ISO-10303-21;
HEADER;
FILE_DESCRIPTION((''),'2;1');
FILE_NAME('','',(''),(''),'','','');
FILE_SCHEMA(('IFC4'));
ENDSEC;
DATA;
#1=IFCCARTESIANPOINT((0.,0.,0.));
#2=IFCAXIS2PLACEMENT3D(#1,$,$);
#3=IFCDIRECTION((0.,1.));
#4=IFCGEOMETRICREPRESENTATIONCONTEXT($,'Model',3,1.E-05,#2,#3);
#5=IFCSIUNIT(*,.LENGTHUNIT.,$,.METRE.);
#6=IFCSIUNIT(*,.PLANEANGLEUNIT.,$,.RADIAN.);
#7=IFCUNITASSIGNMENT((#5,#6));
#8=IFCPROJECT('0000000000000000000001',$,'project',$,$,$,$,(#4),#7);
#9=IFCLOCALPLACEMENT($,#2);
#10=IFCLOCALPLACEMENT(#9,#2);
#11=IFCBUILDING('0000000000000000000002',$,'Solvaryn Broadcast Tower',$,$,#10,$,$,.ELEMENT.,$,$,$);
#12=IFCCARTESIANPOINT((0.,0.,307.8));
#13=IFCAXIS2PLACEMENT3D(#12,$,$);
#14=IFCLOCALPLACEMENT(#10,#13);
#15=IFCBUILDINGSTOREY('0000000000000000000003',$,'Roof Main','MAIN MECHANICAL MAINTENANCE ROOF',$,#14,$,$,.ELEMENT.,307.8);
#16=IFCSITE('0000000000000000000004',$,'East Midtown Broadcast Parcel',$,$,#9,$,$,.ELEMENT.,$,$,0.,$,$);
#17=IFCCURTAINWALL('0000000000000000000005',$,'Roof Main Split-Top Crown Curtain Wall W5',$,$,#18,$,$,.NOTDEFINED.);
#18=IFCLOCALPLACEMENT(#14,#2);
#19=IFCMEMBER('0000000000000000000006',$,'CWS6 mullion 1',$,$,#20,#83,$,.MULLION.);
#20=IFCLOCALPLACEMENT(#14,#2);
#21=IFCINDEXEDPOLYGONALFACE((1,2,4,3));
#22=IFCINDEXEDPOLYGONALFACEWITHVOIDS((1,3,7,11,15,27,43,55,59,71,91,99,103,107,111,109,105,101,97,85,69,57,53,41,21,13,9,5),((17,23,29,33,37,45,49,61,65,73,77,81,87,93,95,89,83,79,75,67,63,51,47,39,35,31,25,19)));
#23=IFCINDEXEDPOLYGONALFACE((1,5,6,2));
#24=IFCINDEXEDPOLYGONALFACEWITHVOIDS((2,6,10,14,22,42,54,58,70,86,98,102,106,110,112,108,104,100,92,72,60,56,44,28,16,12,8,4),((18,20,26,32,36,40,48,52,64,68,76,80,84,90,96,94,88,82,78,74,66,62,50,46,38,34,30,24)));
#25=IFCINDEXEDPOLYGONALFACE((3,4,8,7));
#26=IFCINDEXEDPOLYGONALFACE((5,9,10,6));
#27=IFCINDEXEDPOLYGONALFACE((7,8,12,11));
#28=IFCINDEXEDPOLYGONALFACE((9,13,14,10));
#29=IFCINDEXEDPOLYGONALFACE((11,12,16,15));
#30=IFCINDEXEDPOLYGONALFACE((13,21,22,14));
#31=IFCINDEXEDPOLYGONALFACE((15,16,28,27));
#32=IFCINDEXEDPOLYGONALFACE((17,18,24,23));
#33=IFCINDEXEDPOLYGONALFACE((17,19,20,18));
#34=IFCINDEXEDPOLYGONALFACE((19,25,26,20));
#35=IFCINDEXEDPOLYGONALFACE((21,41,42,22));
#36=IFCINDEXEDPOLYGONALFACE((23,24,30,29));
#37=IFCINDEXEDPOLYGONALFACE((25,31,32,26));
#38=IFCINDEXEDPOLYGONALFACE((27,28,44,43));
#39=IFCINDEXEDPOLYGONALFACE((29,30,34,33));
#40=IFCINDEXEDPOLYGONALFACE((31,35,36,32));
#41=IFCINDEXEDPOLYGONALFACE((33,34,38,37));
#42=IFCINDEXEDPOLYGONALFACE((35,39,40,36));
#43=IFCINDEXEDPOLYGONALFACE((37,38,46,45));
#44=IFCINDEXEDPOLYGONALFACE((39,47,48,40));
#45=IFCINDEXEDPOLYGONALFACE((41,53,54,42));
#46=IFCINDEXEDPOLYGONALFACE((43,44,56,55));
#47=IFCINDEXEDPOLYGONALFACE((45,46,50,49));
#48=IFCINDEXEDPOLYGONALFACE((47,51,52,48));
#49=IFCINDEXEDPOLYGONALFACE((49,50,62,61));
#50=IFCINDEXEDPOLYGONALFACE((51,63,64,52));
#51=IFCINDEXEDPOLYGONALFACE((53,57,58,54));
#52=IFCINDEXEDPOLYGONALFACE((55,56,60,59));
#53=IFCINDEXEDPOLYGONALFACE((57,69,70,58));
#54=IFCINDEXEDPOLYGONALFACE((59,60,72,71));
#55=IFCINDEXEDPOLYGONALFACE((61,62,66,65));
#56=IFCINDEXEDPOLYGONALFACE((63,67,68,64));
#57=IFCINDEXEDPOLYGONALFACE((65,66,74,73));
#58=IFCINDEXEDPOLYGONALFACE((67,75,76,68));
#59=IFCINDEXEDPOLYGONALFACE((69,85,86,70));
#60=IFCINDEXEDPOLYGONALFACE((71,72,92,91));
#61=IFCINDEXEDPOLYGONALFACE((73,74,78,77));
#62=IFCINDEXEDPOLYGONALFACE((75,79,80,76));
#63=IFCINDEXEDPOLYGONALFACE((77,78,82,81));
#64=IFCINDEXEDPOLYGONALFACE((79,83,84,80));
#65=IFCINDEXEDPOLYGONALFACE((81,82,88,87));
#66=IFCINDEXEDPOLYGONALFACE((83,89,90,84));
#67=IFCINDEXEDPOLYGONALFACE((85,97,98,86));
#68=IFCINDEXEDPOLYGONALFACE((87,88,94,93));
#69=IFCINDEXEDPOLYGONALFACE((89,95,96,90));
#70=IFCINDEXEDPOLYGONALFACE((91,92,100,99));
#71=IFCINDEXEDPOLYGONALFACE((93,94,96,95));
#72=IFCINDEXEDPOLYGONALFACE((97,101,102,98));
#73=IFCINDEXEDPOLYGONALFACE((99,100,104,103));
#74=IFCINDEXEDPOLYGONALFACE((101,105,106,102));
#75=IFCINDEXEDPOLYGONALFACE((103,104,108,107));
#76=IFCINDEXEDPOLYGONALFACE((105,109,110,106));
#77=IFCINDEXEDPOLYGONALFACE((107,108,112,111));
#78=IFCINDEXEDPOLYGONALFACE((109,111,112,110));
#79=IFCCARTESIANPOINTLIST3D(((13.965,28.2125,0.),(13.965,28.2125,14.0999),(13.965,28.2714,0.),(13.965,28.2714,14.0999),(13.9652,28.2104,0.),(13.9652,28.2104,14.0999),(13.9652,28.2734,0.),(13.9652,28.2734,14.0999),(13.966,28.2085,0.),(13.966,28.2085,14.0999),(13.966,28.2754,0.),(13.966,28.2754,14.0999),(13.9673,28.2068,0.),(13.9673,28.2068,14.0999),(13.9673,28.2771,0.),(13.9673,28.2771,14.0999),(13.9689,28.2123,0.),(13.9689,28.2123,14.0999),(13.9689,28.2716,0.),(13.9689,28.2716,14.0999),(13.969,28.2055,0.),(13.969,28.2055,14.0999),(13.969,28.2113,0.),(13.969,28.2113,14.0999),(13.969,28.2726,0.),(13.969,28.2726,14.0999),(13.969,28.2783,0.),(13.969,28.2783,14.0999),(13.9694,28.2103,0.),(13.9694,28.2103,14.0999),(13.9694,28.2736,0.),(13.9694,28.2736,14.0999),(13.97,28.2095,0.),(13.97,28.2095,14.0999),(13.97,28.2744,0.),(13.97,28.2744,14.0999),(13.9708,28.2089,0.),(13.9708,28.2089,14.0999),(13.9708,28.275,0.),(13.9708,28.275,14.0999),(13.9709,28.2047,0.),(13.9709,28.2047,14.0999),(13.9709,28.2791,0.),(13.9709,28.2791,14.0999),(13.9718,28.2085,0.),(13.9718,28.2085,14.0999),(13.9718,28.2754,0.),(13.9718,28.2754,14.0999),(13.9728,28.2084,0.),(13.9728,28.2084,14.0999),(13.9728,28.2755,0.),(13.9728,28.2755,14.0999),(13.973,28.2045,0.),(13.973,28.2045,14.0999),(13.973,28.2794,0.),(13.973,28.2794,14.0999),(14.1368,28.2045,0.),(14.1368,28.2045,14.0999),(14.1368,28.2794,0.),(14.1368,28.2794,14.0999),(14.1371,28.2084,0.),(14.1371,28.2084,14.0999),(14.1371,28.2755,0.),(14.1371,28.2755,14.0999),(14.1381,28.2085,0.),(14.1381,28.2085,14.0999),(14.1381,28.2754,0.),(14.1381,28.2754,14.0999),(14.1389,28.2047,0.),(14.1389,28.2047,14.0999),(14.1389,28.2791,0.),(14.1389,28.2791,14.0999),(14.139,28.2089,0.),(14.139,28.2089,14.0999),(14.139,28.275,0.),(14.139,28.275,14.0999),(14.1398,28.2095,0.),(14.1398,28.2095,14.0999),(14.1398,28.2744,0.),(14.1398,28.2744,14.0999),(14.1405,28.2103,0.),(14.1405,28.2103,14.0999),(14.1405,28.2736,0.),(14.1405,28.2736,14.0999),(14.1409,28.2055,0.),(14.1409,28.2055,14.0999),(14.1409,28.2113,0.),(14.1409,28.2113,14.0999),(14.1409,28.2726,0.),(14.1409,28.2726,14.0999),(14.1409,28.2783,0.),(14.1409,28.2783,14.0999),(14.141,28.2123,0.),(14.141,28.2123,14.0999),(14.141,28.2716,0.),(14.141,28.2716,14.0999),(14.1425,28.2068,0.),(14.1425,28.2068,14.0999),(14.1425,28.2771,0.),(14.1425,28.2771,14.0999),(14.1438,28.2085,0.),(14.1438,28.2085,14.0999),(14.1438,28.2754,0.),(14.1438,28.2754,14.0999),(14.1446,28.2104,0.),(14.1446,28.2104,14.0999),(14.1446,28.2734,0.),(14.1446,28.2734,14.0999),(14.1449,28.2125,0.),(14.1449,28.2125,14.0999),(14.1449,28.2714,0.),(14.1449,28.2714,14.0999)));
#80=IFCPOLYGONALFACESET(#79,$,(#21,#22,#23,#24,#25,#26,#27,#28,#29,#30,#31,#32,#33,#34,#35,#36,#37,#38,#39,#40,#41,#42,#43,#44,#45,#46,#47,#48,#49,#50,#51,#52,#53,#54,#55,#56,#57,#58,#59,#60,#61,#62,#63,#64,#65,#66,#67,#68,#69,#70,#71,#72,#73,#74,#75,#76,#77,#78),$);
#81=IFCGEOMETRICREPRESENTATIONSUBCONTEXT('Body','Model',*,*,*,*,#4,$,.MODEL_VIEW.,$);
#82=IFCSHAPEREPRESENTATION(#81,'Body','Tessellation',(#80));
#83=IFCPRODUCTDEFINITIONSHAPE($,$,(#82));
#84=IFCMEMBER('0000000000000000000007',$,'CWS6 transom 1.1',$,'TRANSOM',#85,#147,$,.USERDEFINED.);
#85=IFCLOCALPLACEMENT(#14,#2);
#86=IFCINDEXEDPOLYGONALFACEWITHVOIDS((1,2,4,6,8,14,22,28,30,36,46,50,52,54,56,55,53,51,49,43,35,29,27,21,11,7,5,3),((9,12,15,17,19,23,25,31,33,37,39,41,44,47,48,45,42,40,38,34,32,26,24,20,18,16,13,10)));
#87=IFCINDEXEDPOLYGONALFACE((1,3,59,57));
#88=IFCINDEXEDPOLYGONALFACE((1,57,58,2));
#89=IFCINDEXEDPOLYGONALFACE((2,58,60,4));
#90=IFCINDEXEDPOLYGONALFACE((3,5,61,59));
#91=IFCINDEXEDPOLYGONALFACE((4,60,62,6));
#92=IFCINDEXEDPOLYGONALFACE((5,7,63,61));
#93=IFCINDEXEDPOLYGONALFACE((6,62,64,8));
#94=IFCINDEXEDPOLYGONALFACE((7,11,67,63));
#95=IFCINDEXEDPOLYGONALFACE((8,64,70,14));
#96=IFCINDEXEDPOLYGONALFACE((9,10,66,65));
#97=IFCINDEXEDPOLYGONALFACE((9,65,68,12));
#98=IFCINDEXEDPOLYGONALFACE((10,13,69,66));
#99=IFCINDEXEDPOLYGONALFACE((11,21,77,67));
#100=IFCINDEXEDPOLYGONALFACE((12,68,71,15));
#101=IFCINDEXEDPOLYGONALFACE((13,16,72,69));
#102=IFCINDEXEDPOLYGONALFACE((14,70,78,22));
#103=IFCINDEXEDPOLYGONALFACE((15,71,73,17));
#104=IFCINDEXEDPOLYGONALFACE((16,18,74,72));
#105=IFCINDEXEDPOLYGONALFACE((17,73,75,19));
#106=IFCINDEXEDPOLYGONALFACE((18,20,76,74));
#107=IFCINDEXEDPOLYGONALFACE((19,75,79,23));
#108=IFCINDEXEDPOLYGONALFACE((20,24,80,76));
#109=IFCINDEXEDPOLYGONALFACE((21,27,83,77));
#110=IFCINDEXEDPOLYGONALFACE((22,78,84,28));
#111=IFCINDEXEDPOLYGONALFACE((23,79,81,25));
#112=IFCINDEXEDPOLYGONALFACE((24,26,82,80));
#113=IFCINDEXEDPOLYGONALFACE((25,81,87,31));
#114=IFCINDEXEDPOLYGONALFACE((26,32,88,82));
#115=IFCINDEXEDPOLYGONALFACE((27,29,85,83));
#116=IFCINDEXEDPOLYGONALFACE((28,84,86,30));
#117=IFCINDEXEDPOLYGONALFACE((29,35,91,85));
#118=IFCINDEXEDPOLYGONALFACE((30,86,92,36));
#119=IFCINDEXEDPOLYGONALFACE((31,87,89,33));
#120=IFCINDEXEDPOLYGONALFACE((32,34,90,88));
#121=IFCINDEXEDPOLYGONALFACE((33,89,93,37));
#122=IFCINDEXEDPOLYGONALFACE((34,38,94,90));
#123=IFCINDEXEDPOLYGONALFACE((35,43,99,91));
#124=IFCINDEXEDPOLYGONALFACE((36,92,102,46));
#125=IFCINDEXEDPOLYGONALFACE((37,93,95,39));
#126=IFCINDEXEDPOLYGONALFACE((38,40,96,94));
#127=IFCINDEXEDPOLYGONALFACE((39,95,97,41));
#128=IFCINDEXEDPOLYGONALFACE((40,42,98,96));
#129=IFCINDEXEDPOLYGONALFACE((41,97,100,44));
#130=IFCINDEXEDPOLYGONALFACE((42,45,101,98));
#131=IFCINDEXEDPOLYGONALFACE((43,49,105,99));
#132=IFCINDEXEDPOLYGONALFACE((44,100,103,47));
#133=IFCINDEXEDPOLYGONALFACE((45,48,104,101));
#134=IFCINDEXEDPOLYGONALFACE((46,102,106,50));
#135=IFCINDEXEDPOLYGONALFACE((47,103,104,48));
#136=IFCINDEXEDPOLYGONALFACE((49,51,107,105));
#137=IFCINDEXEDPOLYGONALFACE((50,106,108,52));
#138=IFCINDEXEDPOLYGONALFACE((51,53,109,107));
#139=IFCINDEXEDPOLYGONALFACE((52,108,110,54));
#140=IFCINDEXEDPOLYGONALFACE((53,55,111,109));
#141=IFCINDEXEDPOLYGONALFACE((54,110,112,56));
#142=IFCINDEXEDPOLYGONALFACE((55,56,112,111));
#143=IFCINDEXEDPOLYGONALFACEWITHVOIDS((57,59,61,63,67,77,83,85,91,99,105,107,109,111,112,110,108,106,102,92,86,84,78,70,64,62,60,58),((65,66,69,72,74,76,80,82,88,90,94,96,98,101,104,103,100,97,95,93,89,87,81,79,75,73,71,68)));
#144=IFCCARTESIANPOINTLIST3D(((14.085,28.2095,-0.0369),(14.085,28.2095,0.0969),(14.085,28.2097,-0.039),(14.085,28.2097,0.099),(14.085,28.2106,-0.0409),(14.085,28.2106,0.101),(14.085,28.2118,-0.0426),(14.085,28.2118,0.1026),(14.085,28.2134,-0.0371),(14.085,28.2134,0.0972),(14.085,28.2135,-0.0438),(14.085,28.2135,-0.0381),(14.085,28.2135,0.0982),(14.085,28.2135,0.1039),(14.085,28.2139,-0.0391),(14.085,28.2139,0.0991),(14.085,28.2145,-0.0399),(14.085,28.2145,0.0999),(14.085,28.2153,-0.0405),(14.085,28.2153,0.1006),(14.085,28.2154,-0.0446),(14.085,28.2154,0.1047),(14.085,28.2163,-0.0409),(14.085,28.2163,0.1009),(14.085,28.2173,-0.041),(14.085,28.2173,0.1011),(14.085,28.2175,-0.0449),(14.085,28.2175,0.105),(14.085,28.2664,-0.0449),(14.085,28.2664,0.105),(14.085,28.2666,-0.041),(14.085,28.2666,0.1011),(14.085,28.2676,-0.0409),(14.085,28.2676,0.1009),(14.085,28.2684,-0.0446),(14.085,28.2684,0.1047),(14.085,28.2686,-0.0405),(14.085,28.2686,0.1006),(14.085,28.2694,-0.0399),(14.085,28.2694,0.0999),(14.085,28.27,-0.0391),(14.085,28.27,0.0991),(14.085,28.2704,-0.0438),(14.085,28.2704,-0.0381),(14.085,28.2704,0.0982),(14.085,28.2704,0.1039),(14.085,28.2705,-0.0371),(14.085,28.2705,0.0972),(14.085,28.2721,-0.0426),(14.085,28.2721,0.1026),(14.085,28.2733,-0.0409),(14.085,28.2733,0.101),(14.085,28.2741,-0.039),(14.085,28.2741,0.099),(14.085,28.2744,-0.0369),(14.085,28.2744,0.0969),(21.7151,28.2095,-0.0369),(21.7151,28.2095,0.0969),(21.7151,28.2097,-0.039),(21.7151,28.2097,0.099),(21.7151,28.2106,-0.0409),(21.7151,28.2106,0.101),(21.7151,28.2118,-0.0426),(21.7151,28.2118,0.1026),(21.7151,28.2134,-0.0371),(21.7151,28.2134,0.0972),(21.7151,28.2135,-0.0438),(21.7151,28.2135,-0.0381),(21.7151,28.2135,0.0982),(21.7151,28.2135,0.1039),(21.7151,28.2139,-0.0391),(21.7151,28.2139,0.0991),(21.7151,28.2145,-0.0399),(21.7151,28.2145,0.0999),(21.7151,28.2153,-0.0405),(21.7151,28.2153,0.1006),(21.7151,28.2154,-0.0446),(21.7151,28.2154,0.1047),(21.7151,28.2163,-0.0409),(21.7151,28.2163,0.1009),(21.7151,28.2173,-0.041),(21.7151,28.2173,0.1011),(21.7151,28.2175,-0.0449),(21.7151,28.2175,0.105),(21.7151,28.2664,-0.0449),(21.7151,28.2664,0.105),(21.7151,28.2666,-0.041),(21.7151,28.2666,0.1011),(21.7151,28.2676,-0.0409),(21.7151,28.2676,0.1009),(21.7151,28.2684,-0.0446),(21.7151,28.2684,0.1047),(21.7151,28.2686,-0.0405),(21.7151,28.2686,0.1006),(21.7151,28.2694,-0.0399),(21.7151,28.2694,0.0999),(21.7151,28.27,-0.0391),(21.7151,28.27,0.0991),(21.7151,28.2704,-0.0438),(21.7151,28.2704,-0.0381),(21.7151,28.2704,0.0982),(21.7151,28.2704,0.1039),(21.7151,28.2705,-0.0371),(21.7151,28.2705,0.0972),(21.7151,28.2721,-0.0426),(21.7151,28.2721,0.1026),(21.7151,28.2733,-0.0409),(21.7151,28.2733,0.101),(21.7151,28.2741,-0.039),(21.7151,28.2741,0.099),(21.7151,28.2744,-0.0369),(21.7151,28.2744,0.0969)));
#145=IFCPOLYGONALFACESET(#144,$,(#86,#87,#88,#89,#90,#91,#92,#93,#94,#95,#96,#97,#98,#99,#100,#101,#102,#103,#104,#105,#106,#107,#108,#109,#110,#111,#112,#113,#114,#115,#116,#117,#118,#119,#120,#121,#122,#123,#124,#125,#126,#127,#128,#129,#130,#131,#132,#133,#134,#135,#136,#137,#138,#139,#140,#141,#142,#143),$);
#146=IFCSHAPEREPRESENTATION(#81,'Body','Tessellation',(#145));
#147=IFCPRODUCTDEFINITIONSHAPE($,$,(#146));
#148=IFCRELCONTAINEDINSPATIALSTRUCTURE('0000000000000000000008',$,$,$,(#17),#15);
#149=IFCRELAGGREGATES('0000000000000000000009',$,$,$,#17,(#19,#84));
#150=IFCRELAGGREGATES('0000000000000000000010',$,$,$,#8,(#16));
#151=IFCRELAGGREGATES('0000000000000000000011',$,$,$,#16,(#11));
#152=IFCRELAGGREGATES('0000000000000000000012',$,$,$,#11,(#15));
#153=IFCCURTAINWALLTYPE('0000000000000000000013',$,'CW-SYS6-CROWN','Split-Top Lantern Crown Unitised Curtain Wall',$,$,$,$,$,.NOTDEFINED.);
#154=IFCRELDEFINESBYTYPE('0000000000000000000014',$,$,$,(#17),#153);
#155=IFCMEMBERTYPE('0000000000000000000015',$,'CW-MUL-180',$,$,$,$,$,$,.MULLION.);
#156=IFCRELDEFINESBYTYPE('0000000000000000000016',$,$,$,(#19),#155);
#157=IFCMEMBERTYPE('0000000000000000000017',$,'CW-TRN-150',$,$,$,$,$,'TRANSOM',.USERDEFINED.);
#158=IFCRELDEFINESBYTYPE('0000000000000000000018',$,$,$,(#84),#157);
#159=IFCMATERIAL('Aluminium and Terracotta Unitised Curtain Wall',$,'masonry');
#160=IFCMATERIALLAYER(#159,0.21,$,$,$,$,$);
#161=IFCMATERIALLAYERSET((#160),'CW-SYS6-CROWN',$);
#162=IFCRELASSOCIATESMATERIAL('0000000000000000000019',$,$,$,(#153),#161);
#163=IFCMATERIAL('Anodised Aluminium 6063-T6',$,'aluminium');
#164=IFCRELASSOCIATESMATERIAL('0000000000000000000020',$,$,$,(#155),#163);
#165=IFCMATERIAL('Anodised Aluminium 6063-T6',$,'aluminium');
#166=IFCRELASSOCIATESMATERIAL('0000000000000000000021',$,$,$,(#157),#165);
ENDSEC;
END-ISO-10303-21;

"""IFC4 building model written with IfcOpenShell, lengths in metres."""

from ifc_helpers import new_model, si_unit, direction, frame, origin, origin_2d, place, context, subcontext, project, spatial, hollow_rectangle, extrude, material, layer, layer_set, material_profile, profile_set, type_object, element, aggregate, save


model = new_model("IFC4")

# Units and contexts
model_context = context("Model", 3, precision=1e-05, world=origin(), true_north=direction((0.0, 1.0)))
body_context = subcontext(model_context, "Body", "Model", "MODEL_VIEW")
ifc_project = project(units=[si_unit("LENGTHUNIT", "METRE"), si_unit("PLANEANGLEUNIT", "RADIAN")], contexts=[model_context])

# Site, building, storey
site_placement = place(None, origin())
site = spatial("IfcSite", under=ifc_project, at=site_placement, Name="East Midtown Broadcast Parcel", CompositionType="ELEMENT", RefElevation=0.0)
building_placement = place(site_placement, origin())
building = spatial("IfcBuilding", under=site, at=building_placement, Name="Solvaryn Broadcast Tower", CompositionType="ELEMENT")
storey_placement = place(building_placement, frame((0.0, 0.0, 307.8)))
storey = spatial("IfcBuildingStorey", under=building, at=storey_placement, Name="Roof Main", Description="MAIN MECHANICAL MAINTENANCE ROOF", CompositionType="ELEMENT", Elevation=307.8)

# Curtain wall, members
ifc_material_1 = material(Name="Aluminium and Terracotta Unitised Curtain Wall", Category="masonry")
ifc_layer_1 = layer(ifc_material_1, 0.21)
ifc_layer_set_1 = layer_set([ifc_layer_1], Name="CW-SYS6-CROWN")
curtain_wall_type = type_object("IfcCurtainWallType", Name="CW-SYS6-CROWN", Description="Split-Top Lantern Crown Unitised Curtain Wall", PredefinedType="NOTDEFINED", material=ifc_layer_set_1)
curtain_wall_placement = place(storey_placement, origin())
curtain_wall = element("IfcCurtainWall", 1, at=curtain_wall_placement, inside=storey, type_object=curtain_wall_type, Name="Roof Main Split-Top Crown Curtain Wall W5", PredefinedType="NOTDEFINED")
ifc_material_2 = material(Name="Anodised Aluminium 6063-T6", Category="aluminium")
ifc_material_profile_1 = material_profile(ifc_material_2, hollow_rectangle(XDim=0.075, YDim=0.1799, WallThickness=0.0039, InnerFilletRadius=0.0039, OuterFilletRadius=0.0081, at=origin_2d()))
ifc_profile_set_1 = profile_set([ifc_material_profile_1], Name="Anodised Aluminium 6063-T6")
member_type_1 = type_object("IfcMemberType", Name="CW-MUL-180", PredefinedType="MULLION", material=ifc_profile_set_1)
member_1_placement = place(storey_placement, frame((14.0549, 28.2419, 0.0), z_axis=(0.0, 0.0, 1.0), x_axis=(0.0, 1.0, 0.0)))
member_1 = element("IfcMember", 2, at=member_1_placement, type_object=member_type_1, Name="CWS6 mullion 1", PredefinedType="MULLION", context=body_context, shape_type="SweptSolid", body=[
    extrude(hollow_rectangle(XDim=0.075, YDim=0.1799, WallThickness=0.0039, InnerFilletRadius=0.0039, OuterFilletRadius=0.0081, at=origin_2d()), origin(), (0.0, 0.0, 1.0), 14.0999),
])
ifc_material_3 = material(Name="Anodised Aluminium 6063-T6", Category="aluminium")
ifc_material_profile_2 = material_profile(ifc_material_3, hollow_rectangle(XDim=0.0649, YDim=0.1499, WallThickness=0.0039, InnerFilletRadius=0.0039, OuterFilletRadius=0.0081, at=origin_2d()))
ifc_profile_set_2 = profile_set([ifc_material_profile_2], Name="Anodised Aluminium 6063-T6")
member_type_2 = type_object("IfcMemberType", Name="CW-TRN-150", ElementType="TRANSOM", PredefinedType="USERDEFINED", material=ifc_profile_set_2)
member_2_placement = place(storey_placement, frame((14.085, 28.2419, 0.03), z_axis=(1.0, 0.0, 0.0), x_axis=(0.0, 1.0, 0.0)))
member_2 = element("IfcMember", 3, at=member_2_placement, type_object=member_type_2, Name="CWS6 transom 1.1", ObjectType="TRANSOM", PredefinedType="USERDEFINED", context=body_context, shape_type="SweptSolid", body=[
    extrude(hollow_rectangle(XDim=0.0649, YDim=0.1499, WallThickness=0.0039, InnerFilletRadius=0.0039, OuterFilletRadius=0.0081, at=origin_2d()), origin(), (0.0, 0.0, 1.0), 7.6301),
])
aggregate(curtain_wall, [member_1, member_2])

save(model, "model.ifc")
